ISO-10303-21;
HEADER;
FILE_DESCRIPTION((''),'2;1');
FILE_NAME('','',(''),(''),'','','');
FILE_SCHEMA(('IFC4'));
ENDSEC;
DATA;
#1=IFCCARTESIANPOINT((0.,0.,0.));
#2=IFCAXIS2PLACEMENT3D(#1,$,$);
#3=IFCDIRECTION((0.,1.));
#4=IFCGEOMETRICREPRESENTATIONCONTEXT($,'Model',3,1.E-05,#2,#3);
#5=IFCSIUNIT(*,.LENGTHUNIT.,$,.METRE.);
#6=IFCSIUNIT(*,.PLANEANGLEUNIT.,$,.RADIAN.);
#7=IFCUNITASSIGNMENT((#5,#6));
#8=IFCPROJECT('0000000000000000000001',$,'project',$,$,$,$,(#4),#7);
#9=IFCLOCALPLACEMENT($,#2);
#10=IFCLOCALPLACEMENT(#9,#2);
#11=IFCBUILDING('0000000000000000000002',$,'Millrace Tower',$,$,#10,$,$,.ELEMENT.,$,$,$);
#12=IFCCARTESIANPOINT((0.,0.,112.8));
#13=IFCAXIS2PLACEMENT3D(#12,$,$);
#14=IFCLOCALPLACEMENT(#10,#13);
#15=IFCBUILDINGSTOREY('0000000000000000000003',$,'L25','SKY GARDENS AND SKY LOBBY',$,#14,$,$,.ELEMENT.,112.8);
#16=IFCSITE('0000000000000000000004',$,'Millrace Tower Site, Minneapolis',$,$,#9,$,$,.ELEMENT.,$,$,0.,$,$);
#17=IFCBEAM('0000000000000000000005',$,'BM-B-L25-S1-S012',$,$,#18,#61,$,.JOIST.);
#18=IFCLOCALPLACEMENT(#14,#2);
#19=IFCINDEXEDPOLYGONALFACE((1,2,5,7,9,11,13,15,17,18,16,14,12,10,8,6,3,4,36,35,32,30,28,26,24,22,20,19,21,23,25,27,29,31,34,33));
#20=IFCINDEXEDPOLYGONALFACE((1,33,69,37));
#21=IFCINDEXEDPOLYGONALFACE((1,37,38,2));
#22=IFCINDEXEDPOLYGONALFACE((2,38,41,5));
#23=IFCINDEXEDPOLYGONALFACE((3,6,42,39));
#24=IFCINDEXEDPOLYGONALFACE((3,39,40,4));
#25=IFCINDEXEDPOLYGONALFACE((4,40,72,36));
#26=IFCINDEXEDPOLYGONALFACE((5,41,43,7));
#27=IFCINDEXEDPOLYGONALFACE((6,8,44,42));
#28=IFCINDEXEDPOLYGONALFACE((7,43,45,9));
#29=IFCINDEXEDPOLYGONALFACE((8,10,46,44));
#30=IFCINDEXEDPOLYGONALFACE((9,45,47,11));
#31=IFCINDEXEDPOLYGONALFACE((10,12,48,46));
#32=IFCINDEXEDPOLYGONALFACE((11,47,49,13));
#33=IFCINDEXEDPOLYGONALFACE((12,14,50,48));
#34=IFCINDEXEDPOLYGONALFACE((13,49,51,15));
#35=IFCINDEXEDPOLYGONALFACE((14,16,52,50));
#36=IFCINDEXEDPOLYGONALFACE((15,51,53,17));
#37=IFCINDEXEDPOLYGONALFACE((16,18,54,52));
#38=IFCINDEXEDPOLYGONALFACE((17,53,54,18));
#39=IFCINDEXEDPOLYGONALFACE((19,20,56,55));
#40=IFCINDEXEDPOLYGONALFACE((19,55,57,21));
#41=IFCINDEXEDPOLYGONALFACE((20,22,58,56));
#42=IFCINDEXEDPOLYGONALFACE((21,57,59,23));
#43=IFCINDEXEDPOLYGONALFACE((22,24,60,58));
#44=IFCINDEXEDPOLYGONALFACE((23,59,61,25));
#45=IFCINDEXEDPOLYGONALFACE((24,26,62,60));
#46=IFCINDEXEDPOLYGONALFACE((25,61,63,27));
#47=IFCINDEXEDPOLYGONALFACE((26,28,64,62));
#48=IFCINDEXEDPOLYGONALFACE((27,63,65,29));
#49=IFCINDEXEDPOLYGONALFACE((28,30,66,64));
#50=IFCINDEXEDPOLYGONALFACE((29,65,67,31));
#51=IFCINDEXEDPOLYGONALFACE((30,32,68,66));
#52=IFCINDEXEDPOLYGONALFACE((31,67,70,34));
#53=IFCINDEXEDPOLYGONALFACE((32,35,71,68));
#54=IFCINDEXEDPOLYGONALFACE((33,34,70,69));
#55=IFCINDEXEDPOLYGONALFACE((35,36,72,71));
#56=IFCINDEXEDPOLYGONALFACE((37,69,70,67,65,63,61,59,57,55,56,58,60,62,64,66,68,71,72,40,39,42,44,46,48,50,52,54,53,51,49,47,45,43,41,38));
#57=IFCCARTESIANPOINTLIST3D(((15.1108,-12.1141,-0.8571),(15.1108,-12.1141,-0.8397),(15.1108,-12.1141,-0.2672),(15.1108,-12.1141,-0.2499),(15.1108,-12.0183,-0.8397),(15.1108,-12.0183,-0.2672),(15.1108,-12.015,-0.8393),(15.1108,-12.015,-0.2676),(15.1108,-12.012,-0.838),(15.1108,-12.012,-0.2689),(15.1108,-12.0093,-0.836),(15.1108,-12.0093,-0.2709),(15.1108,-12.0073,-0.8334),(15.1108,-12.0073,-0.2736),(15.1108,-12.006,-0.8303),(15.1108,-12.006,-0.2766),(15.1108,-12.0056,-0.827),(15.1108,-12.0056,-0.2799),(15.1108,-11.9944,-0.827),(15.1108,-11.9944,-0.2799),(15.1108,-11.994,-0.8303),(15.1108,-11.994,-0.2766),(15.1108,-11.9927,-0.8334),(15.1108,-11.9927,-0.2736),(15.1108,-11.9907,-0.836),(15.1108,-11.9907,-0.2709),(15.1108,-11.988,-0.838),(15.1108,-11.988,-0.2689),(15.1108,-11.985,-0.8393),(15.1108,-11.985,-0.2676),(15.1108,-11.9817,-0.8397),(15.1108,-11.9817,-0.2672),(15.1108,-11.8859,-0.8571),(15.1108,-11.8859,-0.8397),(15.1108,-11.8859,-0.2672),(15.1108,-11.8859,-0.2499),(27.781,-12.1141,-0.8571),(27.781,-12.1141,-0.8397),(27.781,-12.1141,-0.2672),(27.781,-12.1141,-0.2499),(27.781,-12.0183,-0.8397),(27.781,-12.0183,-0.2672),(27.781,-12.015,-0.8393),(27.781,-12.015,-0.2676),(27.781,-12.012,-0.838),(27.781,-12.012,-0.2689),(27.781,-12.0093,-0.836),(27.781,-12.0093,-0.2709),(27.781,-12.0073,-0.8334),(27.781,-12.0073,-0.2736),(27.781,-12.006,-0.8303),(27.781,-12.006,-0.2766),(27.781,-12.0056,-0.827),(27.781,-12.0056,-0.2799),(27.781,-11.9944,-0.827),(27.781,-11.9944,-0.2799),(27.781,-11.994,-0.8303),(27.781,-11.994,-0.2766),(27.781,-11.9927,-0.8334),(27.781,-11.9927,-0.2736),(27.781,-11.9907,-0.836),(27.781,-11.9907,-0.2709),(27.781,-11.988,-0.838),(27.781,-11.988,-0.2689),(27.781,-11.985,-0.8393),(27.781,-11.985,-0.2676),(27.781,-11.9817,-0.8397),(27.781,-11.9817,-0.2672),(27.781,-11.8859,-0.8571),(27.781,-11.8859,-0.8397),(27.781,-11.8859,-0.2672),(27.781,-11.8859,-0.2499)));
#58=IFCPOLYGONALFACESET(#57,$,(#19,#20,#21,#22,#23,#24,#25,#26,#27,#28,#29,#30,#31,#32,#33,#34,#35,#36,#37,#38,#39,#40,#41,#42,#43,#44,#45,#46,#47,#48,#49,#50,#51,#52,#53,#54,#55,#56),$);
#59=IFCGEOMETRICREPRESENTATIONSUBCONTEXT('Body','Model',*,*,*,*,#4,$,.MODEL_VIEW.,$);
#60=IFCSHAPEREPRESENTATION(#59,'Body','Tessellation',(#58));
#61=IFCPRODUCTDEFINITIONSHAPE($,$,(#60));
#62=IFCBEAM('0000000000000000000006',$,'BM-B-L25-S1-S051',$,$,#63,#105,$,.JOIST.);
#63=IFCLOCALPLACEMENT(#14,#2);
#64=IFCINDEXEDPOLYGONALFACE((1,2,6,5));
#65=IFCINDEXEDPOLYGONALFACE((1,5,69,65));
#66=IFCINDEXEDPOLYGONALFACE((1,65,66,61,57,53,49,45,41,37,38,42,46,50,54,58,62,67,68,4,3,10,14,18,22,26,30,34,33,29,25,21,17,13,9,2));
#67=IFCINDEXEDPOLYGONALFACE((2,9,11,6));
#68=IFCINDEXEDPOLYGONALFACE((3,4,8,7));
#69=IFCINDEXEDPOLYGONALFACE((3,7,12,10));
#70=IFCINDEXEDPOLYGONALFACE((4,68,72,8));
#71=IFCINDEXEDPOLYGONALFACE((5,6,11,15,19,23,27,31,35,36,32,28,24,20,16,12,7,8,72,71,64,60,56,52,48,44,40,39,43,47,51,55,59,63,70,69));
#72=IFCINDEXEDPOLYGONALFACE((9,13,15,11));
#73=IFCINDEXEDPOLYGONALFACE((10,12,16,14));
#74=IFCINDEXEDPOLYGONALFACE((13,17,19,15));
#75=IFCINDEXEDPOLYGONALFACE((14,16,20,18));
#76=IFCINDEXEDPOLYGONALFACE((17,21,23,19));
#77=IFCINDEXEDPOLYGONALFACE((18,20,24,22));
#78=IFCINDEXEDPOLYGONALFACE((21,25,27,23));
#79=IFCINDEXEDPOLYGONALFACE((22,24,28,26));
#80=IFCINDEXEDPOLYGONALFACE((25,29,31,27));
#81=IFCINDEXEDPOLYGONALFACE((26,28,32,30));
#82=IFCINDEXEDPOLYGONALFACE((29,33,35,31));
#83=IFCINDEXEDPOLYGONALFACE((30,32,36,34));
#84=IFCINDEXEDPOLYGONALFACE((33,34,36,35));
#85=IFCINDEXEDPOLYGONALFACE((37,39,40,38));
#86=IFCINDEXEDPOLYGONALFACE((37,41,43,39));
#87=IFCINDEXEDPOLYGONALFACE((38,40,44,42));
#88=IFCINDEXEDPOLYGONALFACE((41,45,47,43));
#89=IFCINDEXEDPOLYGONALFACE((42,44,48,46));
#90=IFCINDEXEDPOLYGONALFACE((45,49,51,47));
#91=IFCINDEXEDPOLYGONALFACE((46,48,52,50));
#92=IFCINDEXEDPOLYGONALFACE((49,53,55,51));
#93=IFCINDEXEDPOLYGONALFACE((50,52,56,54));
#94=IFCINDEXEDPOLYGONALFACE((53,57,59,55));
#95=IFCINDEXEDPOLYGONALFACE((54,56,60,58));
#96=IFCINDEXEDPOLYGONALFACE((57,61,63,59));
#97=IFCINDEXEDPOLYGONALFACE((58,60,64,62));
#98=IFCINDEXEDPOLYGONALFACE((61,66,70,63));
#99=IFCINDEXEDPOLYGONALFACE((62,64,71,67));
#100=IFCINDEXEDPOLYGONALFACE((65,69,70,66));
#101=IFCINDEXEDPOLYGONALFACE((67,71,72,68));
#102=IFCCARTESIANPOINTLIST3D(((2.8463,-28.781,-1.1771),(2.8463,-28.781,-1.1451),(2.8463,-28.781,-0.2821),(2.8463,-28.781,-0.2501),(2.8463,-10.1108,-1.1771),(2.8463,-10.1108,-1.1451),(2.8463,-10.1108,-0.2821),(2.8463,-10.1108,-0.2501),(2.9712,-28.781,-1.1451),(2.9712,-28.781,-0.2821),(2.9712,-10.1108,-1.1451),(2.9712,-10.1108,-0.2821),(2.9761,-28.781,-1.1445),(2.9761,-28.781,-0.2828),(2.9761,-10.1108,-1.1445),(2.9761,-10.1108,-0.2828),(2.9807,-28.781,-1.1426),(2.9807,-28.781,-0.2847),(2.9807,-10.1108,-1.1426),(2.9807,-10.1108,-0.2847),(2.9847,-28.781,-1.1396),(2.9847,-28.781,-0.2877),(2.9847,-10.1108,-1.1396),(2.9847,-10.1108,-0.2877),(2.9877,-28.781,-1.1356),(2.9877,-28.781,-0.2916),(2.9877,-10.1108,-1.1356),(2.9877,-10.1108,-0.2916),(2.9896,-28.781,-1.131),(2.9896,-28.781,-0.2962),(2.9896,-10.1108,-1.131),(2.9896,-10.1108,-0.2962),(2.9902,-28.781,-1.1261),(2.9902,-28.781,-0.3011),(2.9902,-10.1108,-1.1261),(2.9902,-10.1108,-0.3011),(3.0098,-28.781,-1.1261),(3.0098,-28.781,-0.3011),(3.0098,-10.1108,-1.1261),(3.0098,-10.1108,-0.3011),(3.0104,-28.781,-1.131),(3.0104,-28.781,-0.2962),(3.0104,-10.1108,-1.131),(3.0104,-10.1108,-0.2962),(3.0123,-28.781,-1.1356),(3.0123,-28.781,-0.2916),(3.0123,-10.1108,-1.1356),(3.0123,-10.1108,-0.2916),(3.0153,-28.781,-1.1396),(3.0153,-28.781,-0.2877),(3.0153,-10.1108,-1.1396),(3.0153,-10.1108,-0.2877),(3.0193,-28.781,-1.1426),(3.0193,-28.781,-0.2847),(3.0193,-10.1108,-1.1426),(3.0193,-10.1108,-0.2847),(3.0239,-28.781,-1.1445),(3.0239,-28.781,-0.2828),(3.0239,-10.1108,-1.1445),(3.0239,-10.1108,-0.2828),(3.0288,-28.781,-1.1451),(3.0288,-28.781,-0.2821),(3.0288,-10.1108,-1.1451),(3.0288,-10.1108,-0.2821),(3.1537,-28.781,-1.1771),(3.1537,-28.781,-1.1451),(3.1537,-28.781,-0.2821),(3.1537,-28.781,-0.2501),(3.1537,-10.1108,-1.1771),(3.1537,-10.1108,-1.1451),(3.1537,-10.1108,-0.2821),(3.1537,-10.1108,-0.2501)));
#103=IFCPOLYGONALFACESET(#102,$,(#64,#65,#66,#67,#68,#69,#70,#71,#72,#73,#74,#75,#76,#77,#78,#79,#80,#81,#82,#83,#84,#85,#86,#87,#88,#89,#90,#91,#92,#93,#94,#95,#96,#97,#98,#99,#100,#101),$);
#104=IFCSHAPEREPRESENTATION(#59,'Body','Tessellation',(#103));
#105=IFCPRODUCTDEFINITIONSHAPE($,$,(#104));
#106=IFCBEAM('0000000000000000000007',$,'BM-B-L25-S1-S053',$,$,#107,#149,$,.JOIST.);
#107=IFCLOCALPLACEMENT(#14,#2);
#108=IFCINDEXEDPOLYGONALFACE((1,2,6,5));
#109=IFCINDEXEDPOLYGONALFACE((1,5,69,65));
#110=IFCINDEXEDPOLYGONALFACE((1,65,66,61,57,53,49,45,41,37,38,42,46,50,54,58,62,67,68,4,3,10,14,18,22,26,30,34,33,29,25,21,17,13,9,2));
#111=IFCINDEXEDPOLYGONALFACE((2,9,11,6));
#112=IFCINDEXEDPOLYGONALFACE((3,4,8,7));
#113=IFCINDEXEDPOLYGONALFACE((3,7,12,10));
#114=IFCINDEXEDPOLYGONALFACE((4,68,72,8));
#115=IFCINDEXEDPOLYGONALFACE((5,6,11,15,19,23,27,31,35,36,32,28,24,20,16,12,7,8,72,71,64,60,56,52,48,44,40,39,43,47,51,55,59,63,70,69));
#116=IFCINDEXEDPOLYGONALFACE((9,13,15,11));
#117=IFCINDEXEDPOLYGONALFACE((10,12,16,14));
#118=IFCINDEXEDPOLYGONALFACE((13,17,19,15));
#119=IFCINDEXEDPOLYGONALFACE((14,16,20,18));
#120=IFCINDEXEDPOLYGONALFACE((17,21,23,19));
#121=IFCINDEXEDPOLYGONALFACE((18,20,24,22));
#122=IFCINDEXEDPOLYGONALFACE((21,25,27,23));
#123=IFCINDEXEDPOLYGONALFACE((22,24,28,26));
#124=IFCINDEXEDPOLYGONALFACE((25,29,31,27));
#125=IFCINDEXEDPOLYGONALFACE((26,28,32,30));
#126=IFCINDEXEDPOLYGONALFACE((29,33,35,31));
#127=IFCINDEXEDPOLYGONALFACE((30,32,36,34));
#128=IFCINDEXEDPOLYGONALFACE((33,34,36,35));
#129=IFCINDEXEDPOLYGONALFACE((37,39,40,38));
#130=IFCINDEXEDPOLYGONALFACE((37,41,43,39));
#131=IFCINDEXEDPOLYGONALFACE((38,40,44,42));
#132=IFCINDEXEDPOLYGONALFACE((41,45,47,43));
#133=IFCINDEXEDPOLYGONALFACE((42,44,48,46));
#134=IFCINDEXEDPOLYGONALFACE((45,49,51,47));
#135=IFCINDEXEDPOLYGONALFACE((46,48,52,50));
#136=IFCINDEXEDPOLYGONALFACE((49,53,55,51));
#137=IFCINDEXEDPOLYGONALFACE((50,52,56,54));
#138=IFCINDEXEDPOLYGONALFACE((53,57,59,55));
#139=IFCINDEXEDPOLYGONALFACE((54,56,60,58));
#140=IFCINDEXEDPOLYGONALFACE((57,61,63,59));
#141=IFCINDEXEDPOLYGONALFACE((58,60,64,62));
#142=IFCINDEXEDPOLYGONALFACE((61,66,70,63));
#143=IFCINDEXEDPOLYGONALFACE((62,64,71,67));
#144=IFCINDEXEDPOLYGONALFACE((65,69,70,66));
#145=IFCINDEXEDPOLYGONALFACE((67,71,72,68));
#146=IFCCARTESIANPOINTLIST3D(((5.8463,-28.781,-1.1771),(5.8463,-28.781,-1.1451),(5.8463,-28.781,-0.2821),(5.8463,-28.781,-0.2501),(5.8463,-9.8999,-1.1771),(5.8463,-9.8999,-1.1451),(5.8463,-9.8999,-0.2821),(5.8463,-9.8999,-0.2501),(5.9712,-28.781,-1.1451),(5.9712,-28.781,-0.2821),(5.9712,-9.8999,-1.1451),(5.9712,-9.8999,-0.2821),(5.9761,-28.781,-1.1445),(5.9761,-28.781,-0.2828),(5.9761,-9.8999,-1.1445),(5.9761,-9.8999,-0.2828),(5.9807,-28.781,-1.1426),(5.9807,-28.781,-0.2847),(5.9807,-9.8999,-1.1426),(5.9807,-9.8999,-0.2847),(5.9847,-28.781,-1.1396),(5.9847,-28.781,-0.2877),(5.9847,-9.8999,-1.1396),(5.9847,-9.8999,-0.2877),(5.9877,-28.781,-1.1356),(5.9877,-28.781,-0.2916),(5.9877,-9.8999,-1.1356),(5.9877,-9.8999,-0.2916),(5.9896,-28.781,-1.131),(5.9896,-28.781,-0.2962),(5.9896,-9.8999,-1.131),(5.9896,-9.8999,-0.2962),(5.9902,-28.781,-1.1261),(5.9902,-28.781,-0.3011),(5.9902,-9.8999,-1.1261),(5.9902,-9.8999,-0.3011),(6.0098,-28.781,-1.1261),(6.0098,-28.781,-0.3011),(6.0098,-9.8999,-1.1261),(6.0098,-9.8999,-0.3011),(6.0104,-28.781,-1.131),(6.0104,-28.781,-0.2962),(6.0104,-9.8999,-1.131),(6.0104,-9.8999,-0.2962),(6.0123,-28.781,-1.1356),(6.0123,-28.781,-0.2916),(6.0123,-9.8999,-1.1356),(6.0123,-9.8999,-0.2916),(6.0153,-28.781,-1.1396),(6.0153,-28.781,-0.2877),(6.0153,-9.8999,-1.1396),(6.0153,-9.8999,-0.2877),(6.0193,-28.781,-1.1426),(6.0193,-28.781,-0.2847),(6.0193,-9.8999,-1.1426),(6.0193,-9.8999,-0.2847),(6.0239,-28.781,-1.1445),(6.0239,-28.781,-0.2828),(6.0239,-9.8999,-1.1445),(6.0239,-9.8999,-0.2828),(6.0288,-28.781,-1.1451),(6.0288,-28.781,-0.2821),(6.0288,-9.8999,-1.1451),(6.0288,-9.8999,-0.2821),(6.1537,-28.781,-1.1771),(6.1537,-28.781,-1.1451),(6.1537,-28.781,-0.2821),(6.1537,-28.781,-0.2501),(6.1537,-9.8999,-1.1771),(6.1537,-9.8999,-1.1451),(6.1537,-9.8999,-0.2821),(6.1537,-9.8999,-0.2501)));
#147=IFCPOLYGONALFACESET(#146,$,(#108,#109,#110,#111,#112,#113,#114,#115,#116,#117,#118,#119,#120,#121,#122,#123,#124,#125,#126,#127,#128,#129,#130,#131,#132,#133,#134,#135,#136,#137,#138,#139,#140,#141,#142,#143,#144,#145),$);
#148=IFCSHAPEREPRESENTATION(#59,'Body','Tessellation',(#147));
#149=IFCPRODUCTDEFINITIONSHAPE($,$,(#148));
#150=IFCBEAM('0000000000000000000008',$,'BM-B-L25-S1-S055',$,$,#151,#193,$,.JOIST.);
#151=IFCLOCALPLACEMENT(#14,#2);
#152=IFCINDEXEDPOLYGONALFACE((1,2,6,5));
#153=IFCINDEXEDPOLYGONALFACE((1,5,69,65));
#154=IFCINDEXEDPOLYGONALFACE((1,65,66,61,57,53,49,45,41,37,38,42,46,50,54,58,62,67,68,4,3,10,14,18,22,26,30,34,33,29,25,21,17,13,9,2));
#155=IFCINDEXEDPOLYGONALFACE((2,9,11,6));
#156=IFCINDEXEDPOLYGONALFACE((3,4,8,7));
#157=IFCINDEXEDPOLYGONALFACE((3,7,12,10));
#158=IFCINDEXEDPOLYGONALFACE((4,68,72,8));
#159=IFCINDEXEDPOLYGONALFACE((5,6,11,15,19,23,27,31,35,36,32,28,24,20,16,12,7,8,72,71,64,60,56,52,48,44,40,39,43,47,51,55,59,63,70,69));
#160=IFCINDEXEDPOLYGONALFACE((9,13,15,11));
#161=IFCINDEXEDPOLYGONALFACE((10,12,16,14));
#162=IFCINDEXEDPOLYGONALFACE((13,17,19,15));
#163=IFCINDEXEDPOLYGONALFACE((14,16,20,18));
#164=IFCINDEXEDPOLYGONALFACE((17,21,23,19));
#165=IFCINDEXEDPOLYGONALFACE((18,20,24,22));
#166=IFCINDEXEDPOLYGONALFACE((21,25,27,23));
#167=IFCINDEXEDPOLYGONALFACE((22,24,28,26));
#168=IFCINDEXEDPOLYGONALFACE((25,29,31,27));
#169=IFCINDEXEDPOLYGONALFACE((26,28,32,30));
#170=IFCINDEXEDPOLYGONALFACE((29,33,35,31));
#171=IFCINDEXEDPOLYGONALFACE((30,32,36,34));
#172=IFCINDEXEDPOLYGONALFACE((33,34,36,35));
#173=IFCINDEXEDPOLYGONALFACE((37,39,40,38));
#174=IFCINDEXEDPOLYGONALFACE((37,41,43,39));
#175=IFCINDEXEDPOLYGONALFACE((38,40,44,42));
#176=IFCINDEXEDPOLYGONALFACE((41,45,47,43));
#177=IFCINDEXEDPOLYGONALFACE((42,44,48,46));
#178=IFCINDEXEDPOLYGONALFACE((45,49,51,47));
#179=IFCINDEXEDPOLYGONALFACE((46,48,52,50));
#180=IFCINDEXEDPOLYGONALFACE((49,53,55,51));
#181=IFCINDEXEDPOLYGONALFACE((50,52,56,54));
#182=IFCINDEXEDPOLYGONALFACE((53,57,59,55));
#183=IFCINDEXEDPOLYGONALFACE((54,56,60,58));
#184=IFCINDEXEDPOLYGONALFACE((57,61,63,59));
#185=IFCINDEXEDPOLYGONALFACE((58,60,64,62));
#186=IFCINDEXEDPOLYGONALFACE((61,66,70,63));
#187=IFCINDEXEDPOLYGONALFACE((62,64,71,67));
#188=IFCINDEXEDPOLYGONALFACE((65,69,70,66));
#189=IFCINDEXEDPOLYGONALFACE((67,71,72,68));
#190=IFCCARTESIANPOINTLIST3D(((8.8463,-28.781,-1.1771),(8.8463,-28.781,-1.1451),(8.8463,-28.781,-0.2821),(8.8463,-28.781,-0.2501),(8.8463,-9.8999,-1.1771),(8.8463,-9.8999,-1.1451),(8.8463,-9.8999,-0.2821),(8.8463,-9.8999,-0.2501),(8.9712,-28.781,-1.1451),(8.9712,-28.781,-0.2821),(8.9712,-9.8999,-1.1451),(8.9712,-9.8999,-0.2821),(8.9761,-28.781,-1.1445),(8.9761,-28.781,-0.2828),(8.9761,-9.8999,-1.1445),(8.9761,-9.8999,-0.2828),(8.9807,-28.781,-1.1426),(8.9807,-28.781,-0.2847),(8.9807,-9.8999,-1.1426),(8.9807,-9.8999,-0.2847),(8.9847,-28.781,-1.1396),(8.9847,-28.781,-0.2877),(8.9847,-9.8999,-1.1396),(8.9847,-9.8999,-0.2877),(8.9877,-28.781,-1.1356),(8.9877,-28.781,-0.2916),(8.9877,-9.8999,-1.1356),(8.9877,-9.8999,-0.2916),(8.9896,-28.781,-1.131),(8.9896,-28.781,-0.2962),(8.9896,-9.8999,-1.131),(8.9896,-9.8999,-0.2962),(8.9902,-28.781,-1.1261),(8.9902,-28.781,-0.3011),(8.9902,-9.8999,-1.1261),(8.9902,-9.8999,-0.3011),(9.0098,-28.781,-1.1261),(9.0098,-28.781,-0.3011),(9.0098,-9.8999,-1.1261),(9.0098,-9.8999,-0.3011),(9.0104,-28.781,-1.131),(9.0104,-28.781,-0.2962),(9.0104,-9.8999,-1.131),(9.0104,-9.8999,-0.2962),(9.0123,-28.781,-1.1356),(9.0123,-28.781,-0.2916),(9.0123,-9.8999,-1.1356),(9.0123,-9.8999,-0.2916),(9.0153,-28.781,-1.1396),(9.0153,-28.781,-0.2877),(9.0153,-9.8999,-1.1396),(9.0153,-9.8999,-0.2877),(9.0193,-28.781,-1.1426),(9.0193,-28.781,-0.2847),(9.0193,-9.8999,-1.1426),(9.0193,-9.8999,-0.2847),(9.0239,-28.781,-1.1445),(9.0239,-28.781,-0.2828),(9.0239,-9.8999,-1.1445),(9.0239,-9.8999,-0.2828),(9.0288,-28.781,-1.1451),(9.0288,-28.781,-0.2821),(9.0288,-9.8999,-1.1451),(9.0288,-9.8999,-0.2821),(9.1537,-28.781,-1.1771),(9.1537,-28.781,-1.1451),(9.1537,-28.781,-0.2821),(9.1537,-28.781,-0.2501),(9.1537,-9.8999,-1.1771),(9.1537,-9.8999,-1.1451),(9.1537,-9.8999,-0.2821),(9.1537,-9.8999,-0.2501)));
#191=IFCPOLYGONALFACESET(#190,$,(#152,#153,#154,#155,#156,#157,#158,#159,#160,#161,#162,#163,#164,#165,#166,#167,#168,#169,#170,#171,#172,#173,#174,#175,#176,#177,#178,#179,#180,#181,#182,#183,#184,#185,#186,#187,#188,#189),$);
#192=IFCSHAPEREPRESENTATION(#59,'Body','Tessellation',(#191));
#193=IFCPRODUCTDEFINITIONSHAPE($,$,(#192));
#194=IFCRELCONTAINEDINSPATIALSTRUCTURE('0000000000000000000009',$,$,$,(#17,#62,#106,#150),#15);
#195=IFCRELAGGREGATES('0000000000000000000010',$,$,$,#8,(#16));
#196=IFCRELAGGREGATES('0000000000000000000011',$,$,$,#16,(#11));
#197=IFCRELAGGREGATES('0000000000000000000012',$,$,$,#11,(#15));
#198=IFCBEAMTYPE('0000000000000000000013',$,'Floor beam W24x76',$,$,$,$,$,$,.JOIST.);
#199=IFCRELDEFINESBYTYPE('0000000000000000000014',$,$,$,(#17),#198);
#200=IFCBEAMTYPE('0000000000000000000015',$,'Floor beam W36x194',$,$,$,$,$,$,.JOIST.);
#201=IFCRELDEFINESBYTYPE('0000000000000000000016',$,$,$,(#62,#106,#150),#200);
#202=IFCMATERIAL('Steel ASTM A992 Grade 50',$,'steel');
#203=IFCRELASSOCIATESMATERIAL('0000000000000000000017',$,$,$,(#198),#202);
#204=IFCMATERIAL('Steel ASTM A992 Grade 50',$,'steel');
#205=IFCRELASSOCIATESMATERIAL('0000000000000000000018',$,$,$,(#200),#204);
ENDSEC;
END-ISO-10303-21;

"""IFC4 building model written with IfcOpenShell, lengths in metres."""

from ifc_helpers import new_model, si_unit, direction, frame, origin, origin_2d, place, context, subcontext, project, spatial, i_section, extrude, material, material_profile, profile_set, type_object, element, save


model = new_model("IFC4")

# Units and contexts
model_context = context("Model", 3, precision=1e-05, world=origin(), true_north=direction((0.0, 1.0)))
body_context = subcontext(model_context, "Body", "Model", "MODEL_VIEW")
ifc_project = project(units=[si_unit("LENGTHUNIT", "METRE"), si_unit("PLANEANGLEUNIT", "RADIAN")], contexts=[model_context])

# Site, building, storey
site_placement = place(None, origin())
site = spatial("IfcSite", under=ifc_project, at=site_placement, Name="Millrace Tower Site, Minneapolis", CompositionType="ELEMENT", RefElevation=0.0)
building_placement = place(site_placement, origin())
building = spatial("IfcBuilding", under=site, at=building_placement, Name="Millrace Tower", CompositionType="ELEMENT")
storey_placement = place(building_placement, frame((0.0, 0.0, 112.8)))
storey = spatial("IfcBuildingStorey", under=building, at=storey_placement, Name="L25", Description="SKY GARDENS AND SKY LOBBY", CompositionType="ELEMENT", Elevation=112.8)

# Beams
ifc_material_1 = material(Name="Steel ASTM A992 Grade 50", Category="steel")
ifc_material_profile_1 = material_profile(ifc_material_1, i_section(OverallWidth=0.2283, OverallDepth=0.6072, WebThickness=0.0112, FlangeThickness=0.0173, FilletRadius=0.0127, at=origin_2d()))
ifc_profile_set_1 = profile_set([ifc_material_profile_1], Name="Steel ASTM A992 Grade 50")
beam_type_1 = type_object("IfcBeamType", Name="Floor beam W24x76", PredefinedType="JOIST", material=ifc_profile_set_1)
for number, where, z_axis, x_axis, name in (
    (1, (15.1108, -12.0, -0.5535), (1.0, 0.0, 0.0), (0.0, 1.0, 0.0), "BM-B-L25-S1-S012"),
):
    element("IfcBeam", number, at=place(storey_placement, frame(where, z_axis=z_axis, x_axis=x_axis)), inside=storey, type_object=beam_type_1, Name=name, PredefinedType="JOIST", context=body_context, shape_type="SweptSolid", body=[
        extrude(i_section(OverallWidth=0.2283, OverallDepth=0.6072, WebThickness=0.0112, FlangeThickness=0.0173, FilletRadius=0.0127, at=origin_2d()), origin(), (0.0, 0.0, 1.0), 12.6702),
    ])
ifc_material_2 = material(Name="Steel ASTM A992 Grade 50", Category="steel")
ifc_material_profile_2 = material_profile(ifc_material_2, i_section(OverallWidth=0.3074, OverallDepth=0.927, WebThickness=0.0195, FlangeThickness=0.032, FilletRadius=0.019, at=origin_2d()))
ifc_profile_set_2 = profile_set([ifc_material_profile_2], Name="Steel ASTM A992 Grade 50")
beam_type_2 = type_object("IfcBeamType", Name="Floor beam W36x194", PredefinedType="JOIST", material=ifc_profile_set_2)
beam_1_placement = place(storey_placement, frame((3.0, -28.781, -0.7136), z_axis=(0.0, 1.0, 0.0), x_axis=(-1.0, 0.0, 0.0)))
element("IfcBeam", 2, at=beam_1_placement, inside=storey, type_object=beam_type_2, Name="BM-B-L25-S1-S051", PredefinedType="JOIST", context=body_context, shape_type="SweptSolid", body=[
    extrude(i_section(OverallWidth=0.3074, OverallDepth=0.927, WebThickness=0.0195, FlangeThickness=0.032, FilletRadius=0.019, at=origin_2d()), origin(), (0.0, 0.0, 1.0), 18.6702),
])
for number, where, z_axis, x_axis, name in (
    (3, (6.0, -28.781, -0.7136), (0.0, 1.0, 0.0), (-1.0, 0.0, 0.0), "BM-B-L25-S1-S053"),
    (4, (9.0, -28.781, -0.7136), (0.0, 1.0, 0.0), (-1.0, 0.0, 0.0), "BM-B-L25-S1-S055"),
):
    element("IfcBeam", number, at=place(storey_placement, frame(where, z_axis=z_axis, x_axis=x_axis)), inside=storey, type_object=beam_type_2, Name=name, PredefinedType="JOIST", context=body_context, shape_type="SweptSolid", body=[
        extrude(i_section(OverallWidth=0.3074, OverallDepth=0.927, WebThickness=0.0195, FlangeThickness=0.032, FilletRadius=0.019, at=origin_2d()), origin(), (0.0, 0.0, 1.0), 18.8811),
    ])

save(model, "model.ifc")
